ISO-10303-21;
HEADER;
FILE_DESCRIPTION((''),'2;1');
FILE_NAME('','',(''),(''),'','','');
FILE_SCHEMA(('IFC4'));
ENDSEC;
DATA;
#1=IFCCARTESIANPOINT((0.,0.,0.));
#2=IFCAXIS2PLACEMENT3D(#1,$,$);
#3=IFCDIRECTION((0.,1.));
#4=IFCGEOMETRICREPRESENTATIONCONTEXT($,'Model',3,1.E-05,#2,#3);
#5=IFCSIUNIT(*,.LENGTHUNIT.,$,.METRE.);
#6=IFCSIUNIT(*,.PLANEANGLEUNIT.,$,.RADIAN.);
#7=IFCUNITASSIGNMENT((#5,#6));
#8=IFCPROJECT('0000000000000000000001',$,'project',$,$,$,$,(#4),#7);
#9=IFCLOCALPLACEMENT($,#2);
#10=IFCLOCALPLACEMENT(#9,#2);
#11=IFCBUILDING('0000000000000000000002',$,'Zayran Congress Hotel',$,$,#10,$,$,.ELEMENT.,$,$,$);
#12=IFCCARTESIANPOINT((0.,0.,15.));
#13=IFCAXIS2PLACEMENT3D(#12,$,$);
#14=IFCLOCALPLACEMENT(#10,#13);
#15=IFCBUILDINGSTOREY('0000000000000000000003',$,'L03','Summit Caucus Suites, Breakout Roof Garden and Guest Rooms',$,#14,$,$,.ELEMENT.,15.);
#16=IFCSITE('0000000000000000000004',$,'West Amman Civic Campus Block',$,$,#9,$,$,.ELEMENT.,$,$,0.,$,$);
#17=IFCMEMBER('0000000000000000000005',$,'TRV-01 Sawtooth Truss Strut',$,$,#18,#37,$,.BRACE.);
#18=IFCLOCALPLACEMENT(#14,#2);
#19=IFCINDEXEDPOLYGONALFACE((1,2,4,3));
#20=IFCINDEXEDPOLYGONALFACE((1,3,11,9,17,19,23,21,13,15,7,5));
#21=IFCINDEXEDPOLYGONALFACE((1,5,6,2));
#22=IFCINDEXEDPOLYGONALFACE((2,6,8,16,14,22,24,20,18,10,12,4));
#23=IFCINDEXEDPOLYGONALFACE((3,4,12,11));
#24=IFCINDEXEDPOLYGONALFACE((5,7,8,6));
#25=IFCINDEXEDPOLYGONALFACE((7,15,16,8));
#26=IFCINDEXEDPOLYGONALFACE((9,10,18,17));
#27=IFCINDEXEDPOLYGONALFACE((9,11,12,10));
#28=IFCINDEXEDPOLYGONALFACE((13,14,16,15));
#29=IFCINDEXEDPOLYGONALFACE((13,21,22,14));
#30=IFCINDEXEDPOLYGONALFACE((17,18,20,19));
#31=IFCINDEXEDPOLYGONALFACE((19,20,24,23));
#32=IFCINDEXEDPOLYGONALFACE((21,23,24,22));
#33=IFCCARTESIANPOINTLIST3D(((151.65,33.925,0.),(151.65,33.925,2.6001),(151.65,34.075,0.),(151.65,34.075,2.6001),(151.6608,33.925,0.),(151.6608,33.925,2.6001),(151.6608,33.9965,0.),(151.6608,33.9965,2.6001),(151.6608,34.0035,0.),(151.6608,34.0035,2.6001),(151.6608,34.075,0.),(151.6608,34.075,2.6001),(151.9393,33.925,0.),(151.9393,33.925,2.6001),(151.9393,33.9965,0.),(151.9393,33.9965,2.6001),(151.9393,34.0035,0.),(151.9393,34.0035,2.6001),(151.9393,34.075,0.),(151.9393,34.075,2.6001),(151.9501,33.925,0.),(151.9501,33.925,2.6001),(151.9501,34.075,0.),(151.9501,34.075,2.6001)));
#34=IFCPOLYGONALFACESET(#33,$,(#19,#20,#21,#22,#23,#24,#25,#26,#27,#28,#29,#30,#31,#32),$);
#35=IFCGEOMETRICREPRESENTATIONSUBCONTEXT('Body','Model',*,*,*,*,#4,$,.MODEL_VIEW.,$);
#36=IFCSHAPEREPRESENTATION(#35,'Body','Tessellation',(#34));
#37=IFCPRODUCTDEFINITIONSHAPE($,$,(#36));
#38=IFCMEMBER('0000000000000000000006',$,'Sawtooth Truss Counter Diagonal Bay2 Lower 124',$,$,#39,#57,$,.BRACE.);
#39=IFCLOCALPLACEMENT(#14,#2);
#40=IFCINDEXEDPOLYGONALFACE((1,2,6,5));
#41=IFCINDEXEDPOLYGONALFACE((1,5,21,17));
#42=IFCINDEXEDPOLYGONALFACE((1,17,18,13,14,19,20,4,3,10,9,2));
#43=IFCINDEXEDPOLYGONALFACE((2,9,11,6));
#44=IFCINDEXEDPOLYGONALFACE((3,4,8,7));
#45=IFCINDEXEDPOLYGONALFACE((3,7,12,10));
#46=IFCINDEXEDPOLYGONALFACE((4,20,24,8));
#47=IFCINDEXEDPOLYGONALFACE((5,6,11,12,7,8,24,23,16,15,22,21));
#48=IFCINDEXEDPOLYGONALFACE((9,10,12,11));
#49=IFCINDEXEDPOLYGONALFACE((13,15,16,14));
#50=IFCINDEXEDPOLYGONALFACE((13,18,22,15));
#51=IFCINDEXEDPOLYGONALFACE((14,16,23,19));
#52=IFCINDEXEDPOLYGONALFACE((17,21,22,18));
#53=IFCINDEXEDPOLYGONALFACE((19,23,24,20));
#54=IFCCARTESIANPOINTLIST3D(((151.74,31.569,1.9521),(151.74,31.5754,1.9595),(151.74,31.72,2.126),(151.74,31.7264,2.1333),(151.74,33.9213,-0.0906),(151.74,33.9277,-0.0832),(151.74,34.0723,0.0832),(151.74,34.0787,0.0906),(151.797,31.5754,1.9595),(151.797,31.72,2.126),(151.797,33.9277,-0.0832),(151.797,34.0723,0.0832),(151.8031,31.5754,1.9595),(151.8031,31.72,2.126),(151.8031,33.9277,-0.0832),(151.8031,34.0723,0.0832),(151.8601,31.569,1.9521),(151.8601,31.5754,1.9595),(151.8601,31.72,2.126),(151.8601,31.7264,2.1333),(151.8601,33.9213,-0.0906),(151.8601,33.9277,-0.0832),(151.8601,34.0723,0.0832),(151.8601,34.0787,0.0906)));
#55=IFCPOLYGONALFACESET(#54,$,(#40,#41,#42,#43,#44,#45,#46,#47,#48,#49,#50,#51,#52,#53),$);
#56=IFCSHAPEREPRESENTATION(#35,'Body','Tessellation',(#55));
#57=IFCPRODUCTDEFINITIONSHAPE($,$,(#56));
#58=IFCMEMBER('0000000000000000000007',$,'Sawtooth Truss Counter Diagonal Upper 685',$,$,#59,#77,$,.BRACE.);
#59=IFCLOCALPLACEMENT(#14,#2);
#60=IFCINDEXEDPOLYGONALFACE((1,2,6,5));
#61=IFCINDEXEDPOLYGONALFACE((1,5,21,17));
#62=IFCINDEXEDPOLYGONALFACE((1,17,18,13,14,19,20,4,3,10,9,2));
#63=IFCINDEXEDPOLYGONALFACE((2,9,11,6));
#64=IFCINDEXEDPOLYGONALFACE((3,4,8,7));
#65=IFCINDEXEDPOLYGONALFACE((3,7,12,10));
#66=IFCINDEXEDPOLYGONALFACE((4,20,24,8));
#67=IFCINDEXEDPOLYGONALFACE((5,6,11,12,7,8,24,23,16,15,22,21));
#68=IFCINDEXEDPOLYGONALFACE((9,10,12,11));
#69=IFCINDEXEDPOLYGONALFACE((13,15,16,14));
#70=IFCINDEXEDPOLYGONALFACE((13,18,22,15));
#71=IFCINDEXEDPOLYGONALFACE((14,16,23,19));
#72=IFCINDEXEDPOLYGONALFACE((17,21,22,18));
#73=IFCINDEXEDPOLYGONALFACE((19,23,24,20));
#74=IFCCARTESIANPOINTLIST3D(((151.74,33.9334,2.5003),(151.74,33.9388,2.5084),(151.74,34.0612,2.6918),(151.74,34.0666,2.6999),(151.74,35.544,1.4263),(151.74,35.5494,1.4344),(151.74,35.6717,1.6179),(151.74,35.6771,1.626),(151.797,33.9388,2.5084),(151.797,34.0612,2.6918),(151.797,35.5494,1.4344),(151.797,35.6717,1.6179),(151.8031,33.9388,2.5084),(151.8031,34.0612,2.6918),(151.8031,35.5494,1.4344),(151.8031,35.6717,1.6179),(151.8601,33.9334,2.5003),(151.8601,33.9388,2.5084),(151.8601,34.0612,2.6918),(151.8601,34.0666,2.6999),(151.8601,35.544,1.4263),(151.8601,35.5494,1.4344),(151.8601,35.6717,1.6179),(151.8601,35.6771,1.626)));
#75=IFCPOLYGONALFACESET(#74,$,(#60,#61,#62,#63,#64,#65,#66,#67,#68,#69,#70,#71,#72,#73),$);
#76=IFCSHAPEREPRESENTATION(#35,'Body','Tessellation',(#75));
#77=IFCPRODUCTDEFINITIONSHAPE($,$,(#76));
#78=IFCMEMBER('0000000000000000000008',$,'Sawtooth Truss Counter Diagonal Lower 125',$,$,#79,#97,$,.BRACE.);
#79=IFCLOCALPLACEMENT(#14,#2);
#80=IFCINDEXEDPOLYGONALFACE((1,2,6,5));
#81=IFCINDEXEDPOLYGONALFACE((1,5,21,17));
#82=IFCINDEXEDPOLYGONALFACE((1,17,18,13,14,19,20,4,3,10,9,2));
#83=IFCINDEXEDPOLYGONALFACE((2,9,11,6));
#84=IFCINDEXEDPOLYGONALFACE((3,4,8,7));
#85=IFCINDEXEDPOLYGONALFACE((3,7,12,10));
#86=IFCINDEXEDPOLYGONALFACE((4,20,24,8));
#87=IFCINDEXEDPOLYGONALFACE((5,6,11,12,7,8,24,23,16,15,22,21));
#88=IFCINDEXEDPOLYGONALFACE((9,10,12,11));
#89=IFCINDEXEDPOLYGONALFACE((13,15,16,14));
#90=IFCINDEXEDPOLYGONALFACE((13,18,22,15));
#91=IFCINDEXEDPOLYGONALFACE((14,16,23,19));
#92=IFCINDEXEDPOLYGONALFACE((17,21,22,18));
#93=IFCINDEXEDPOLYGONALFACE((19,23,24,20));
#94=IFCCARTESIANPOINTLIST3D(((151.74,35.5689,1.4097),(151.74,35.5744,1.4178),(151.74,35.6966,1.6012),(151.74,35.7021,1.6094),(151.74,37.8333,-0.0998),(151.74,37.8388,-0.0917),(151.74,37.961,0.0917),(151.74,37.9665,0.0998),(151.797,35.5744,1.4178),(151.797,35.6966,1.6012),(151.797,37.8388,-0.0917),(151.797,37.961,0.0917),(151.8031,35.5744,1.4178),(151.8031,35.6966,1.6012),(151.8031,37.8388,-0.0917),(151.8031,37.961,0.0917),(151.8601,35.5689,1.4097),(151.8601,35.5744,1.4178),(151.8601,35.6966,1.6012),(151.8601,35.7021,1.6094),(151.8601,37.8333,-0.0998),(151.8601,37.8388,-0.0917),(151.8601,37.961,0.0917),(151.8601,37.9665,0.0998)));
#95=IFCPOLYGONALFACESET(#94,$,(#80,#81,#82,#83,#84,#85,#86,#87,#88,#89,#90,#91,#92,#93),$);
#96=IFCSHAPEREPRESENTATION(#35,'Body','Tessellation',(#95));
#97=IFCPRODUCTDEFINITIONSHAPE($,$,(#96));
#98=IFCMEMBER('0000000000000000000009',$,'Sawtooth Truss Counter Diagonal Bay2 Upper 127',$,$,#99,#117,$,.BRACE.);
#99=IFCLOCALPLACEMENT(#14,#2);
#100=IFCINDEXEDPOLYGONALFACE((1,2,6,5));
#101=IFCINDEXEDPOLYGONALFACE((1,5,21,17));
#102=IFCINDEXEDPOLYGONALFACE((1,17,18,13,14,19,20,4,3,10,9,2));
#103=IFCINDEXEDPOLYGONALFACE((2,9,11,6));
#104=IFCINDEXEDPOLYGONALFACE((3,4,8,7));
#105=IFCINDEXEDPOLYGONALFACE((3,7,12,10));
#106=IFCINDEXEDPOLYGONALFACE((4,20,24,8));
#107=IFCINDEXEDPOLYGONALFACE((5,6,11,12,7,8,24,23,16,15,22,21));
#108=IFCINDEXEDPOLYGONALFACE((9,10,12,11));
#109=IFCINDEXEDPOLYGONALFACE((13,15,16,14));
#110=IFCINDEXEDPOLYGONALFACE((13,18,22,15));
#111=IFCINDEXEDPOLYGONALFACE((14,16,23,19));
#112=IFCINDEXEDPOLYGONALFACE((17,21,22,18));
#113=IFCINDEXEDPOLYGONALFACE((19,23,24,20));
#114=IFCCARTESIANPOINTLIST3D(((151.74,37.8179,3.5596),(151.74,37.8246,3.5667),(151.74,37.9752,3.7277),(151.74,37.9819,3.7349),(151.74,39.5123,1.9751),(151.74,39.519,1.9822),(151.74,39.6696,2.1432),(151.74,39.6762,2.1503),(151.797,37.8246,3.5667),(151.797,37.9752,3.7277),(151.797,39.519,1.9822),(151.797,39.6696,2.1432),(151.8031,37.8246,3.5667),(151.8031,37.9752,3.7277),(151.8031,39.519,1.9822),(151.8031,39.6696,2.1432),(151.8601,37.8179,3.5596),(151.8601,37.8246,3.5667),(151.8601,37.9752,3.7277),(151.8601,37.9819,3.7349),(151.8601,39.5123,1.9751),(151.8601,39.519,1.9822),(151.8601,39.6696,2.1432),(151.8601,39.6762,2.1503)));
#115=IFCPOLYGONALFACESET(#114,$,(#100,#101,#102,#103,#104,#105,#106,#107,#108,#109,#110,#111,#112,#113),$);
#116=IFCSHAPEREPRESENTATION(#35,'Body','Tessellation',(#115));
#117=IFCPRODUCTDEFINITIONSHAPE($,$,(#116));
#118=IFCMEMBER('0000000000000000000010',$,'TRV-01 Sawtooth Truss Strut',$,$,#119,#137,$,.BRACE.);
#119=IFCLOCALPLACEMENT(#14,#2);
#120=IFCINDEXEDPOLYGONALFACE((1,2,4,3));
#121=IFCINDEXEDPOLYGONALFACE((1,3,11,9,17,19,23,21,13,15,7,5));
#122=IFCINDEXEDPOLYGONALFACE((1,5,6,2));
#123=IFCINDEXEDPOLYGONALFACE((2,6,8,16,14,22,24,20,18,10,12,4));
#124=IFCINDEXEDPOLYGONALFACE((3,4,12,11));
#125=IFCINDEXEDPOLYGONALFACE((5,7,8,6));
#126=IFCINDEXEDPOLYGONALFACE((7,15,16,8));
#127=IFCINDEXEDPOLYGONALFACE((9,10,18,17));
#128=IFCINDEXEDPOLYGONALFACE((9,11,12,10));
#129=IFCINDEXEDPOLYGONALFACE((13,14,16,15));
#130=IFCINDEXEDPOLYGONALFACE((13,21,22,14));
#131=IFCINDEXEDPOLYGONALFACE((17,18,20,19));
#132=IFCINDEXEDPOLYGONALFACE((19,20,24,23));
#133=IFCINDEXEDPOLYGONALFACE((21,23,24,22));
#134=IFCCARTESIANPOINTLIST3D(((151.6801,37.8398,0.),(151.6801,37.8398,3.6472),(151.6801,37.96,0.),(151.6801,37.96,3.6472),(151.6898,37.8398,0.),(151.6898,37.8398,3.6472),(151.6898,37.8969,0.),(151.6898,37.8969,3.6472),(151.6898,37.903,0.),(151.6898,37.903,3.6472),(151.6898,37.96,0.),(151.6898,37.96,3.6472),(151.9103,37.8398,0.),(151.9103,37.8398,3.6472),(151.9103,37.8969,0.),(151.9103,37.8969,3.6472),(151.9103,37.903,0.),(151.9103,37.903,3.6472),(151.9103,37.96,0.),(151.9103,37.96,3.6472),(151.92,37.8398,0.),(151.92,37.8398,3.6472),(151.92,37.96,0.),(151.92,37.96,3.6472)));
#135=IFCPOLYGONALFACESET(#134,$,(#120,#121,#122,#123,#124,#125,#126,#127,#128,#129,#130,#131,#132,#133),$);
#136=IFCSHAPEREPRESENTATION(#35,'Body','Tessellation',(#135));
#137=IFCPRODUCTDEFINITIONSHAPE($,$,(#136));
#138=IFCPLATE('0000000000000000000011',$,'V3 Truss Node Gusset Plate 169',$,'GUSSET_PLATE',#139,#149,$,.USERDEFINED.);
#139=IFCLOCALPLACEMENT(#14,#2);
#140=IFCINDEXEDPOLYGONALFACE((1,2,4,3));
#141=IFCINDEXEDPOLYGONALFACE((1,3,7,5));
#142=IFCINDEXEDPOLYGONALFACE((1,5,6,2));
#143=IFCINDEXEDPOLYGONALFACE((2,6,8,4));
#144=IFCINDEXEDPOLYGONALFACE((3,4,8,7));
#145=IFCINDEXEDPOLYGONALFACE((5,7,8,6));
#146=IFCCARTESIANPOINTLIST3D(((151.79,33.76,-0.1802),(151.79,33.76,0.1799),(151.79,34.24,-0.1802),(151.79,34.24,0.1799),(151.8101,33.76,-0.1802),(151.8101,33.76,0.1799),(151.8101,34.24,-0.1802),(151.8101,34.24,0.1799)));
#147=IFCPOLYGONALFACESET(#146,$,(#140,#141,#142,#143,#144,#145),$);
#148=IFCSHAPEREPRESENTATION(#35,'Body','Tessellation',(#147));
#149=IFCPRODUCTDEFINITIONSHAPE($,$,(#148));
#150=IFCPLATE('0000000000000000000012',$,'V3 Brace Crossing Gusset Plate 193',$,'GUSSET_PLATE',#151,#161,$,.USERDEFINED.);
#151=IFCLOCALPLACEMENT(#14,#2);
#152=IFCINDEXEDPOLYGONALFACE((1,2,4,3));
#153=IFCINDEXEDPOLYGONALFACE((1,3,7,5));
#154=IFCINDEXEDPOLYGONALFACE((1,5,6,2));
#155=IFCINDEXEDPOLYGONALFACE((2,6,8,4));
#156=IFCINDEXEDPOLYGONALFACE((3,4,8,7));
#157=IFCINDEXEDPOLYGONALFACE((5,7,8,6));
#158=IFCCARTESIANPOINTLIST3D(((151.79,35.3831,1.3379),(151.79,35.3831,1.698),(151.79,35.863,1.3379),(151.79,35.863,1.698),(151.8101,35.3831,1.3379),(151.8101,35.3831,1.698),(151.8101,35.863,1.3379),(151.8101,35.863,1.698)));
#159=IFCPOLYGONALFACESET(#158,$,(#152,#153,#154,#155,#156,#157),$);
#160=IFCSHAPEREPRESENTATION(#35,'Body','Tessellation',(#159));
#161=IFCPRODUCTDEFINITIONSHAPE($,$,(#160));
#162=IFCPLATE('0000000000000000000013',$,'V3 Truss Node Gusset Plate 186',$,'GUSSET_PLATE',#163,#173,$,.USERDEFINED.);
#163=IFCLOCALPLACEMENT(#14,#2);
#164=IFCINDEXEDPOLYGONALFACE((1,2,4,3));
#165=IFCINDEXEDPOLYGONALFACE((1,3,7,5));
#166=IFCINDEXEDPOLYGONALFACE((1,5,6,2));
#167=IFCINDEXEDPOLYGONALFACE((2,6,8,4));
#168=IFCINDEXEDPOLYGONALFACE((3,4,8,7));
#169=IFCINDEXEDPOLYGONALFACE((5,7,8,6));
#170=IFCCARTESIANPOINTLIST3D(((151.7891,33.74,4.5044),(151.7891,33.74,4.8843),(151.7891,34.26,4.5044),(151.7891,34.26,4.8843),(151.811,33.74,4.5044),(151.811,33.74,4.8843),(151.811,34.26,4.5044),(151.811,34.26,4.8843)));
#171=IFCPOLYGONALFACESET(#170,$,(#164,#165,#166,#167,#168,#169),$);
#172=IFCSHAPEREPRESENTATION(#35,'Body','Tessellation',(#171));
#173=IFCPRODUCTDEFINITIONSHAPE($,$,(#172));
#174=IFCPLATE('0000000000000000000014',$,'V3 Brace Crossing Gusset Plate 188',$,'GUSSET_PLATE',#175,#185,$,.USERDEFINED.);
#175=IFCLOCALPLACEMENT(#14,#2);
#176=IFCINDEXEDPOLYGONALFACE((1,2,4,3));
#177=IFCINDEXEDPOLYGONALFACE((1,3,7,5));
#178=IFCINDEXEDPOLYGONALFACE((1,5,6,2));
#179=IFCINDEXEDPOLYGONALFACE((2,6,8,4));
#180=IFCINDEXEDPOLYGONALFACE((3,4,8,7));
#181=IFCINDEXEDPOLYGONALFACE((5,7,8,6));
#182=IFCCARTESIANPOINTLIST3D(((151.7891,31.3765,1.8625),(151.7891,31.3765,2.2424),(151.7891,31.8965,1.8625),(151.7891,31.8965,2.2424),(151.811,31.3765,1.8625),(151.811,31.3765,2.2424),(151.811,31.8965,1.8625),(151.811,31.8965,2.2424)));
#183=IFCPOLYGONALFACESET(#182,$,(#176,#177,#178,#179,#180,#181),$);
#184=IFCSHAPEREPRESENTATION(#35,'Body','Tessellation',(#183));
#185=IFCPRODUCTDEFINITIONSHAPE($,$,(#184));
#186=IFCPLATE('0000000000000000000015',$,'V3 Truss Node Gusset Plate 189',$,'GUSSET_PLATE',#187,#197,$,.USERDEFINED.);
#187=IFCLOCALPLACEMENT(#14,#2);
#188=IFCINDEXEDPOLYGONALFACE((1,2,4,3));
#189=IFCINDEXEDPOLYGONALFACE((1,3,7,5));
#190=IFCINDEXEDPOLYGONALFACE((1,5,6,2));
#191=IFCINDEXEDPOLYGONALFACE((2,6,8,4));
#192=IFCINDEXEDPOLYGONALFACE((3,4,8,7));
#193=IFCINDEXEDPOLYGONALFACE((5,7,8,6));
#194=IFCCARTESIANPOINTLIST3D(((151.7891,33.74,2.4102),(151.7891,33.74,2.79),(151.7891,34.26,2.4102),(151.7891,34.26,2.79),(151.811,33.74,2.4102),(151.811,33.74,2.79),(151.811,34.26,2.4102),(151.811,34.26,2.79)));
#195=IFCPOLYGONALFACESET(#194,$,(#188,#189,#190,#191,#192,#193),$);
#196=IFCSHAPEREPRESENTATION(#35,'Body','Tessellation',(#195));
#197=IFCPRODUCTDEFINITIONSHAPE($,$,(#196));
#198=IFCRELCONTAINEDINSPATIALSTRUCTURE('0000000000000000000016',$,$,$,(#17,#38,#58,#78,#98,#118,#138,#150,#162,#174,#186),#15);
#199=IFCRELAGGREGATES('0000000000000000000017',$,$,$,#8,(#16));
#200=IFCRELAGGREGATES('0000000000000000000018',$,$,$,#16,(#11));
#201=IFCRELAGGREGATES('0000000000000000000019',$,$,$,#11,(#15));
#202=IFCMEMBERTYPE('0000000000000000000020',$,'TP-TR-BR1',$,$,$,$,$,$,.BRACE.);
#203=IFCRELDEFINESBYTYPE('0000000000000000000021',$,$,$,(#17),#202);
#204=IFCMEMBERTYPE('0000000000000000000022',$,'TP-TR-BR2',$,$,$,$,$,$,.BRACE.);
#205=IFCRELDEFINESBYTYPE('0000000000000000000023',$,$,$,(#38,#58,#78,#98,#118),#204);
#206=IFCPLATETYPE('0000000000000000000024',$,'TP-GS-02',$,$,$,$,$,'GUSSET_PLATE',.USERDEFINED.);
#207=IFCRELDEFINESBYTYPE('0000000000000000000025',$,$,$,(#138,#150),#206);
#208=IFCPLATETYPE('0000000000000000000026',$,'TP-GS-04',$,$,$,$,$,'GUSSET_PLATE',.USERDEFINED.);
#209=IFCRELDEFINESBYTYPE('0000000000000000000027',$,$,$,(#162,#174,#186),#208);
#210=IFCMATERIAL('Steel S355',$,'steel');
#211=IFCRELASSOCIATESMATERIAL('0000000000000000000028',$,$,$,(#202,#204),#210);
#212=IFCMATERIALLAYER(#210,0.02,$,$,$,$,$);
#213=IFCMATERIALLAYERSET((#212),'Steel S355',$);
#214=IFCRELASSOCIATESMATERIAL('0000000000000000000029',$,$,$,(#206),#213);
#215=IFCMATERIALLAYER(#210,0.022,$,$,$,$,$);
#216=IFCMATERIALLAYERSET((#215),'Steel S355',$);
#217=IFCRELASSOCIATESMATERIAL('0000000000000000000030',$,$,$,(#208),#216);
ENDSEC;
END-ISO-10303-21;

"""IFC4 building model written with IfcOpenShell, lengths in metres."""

from ifc_helpers import new_model, si_unit, direction, frame, origin, origin_2d, place, context, subcontext, project, spatial, rectangle, i_section, extrude, material, layer, layer_set, material_profile, profile_set, type_object, element, save


model = new_model("IFC4")

# Units and contexts
model_context = context("Model", 3, precision=1e-05, world=origin(), true_north=direction((0.0, 1.0)))
body_context = subcontext(model_context, "Body", "Model", "MODEL_VIEW")
ifc_project = project(units=[si_unit("LENGTHUNIT", "METRE"), si_unit("PLANEANGLEUNIT", "RADIAN")], contexts=[model_context])

# Site, building, storey
site_placement = place(None, origin())
site = spatial("IfcSite", under=ifc_project, at=site_placement, Name="West Amman Civic Campus Block", CompositionType="ELEMENT", RefElevation=0.0)
building_placement = place(site_placement, origin())
building = spatial("IfcBuilding", under=site, at=building_placement, Name="Zayran Congress Hotel", CompositionType="ELEMENT")
storey_placement = place(building_placement, frame((0.0, 0.0, 15.0)))
storey = spatial("IfcBuildingStorey", under=building, at=storey_placement, Name="L03", Description="Summit Caucus Suites, Breakout Roof Garden and Guest Rooms", CompositionType="ELEMENT", Elevation=15.0)

# Shared definitions
ifc_material_1 = material(Name="Steel S355", Category="steel")

# Members
ifc_material_profile_1 = material_profile(ifc_material_1, i_section(OverallWidth=0.1499, OverallDepth=0.3, WebThickness=0.0071, FlangeThickness=0.0107, at=origin_2d()), Name="IPE 300")
ifc_profile_set_1 = profile_set([ifc_material_profile_1], Name="Steel S355")
member_type_1 = type_object("IfcMemberType", Name="TP-TR-BR1", PredefinedType="BRACE", material=ifc_profile_set_1)
member_1_placement = place(storey_placement, frame((151.8, 34.0, 0.0), z_axis=(0.0, 0.0, 1.0), x_axis=(0.0, 1.0, 0.0)))
element("IfcMember", 1, at=member_1_placement, inside=storey, type_object=member_type_1, Name="TRV-01 Sawtooth Truss Strut", PredefinedType="BRACE", context=body_context, shape_type="SweptSolid", body=[
    extrude(i_section(OverallWidth=0.1499, OverallDepth=0.3, WebThickness=0.0071, FlangeThickness=0.0107, at=origin_2d()), origin(), (0.0, 0.0, 1.0), 2.6001),
])
ifc_material_profile_2 = material_profile(ifc_material_1, i_section(OverallWidth=0.1201, OverallDepth=0.24, WebThickness=0.0061, FlangeThickness=0.0098, at=origin_2d()), Name="IPE 240")
ifc_profile_set_2 = profile_set([ifc_material_profile_2], Name="Steel S355")
member_type_2 = type_object("IfcMemberType", Name="TP-TR-BR2", PredefinedType="BRACE", material=ifc_profile_set_2)
member_2_placement = place(storey_placement, frame((151.8, 31.6477, 2.0427), z_axis=(0.0, 0.755042, -0.655676), x_axis=(-1.0, 0.0, 0.0)))
element("IfcMember", 2, at=member_2_placement, inside=storey, type_object=member_type_2, Name="Sawtooth Truss Counter Diagonal Bay2 Lower 124", PredefinedType="BRACE", context=body_context, shape_type="SweptSolid", body=[
    extrude(i_section(OverallWidth=0.1201, OverallDepth=0.24, WebThickness=0.0061, FlangeThickness=0.0098, at=origin_2d()), origin(), (0.0, 0.0, 1.0), 3.1155),
])
member_3_placement = place(storey_placement, frame((151.8, 34.0, 2.6001), z_axis=(0.0, 0.831992, -0.554788), x_axis=(-1.0, 0.0, 0.0)))
element("IfcMember", 3, at=member_3_placement, inside=storey, type_object=member_type_2, Name="Sawtooth Truss Counter Diagonal Upper 685", PredefinedType="BRACE", context=body_context, shape_type="SweptSolid", body=[
    extrude(i_section(OverallWidth=0.1201, OverallDepth=0.24, WebThickness=0.0061, FlangeThickness=0.0098, at=origin_2d()), origin(), (0.0, 0.0, 1.0), 1.9358),
])
member_4_placement = place(storey_placement, frame((151.8, 35.6355, 1.5095), z_axis=(0.0, 0.832064, -0.554679), x_axis=(-1.0, 0.0, 0.0)))
element("IfcMember", 4, at=member_4_placement, inside=storey, type_object=member_type_2, Name="Sawtooth Truss Counter Diagonal Lower 125", PredefinedType="BRACE", context=body_context, shape_type="SweptSolid", body=[
    extrude(i_section(OverallWidth=0.1201, OverallDepth=0.24, WebThickness=0.0061, FlangeThickness=0.0098, at=origin_2d()), origin(), (0.0, 0.0, 1.0), 2.7214),
])
member_5_placement = place(storey_placement, frame((151.8, 37.8999, 3.6472), z_axis=(0.0, 0.73039, -0.68303), x_axis=(-1.0, 0.0, 0.0)))
element("IfcMember", 5, at=member_5_placement, inside=storey, type_object=member_type_2, Name="Sawtooth Truss Counter Diagonal Bay2 Upper 127", PredefinedType="BRACE", context=body_context, shape_type="SweptSolid", body=[
    extrude(i_section(OverallWidth=0.1201, OverallDepth=0.24, WebThickness=0.0061, FlangeThickness=0.0098, at=origin_2d()), origin(), (0.0, 0.0, 1.0), 2.3198),
])
member_6_placement = place(storey_placement, frame((151.8, 37.8999, 0.0), z_axis=(0.0, 0.0, 1.0), x_axis=(0.0, 1.0, 0.0)))
element("IfcMember", 6, at=member_6_placement, inside=storey, type_object=member_type_2, Name="TRV-01 Sawtooth Truss Strut", PredefinedType="BRACE", context=body_context, shape_type="SweptSolid", body=[
    extrude(i_section(OverallWidth=0.1201, OverallDepth=0.24, WebThickness=0.0061, FlangeThickness=0.0098, at=origin_2d()), origin(), (0.0, 0.0, 1.0), 3.6472),
])

# Plates
ifc_layer_1 = layer(ifc_material_1, 0.02)
ifc_layer_set_1 = layer_set([ifc_layer_1], Name="Steel S355")
plate_type_1 = type_object("IfcPlateType", Name="TP-GS-02", ElementType="GUSSET_PLATE", PredefinedType="USERDEFINED", material=ifc_layer_set_1)
for number, where, z_axis, x_axis, name in (
    (7, (151.8, 34.0, -0.1802), (0.0, 0.0, 1.0), (0.0, 1.0, 0.0), "V3 Truss Node Gusset Plate 169"),
    (8, (151.8, 35.623, 1.3379), (0.0, 0.0, 1.0), (0.0, 1.0, 0.0), "V3 Brace Crossing Gusset Plate 193"),
):
    element("IfcPlate", number, at=place(storey_placement, frame(where, z_axis=z_axis, x_axis=x_axis)), inside=storey, type_object=plate_type_1, Name=name, ObjectType="GUSSET_PLATE", PredefinedType="USERDEFINED", context=body_context, shape_type="SweptSolid", body=[
        extrude(rectangle(XDim=0.48, YDim=0.02, at=origin_2d()), origin(), (0.0, 0.0, 1.0), 0.3601),
    ])
ifc_layer_2 = layer(ifc_material_1, 0.022)
ifc_layer_set_2 = layer_set([ifc_layer_2], Name="Steel S355")
plate_type_2 = type_object("IfcPlateType", Name="TP-GS-04", ElementType="GUSSET_PLATE", PredefinedType="USERDEFINED", material=ifc_layer_set_2)
for number, where, z_axis, x_axis, name in (
    (9, (151.8, 34.0, 4.5044), (0.0, 0.0, 1.0), (0.0, 1.0, 0.0), "V3 Truss Node Gusset Plate 186"),
    (10, (151.8, 31.6365, 1.8625), (0.0, 0.0, 1.0), (0.0, 1.0, 0.0), "V3 Brace Crossing Gusset Plate 188"),
    (11, (151.8, 34.0, 2.4102), (0.0, 0.0, 1.0), (0.0, 1.0, 0.0), "V3 Truss Node Gusset Plate 189"),
):
    element("IfcPlate", number, at=place(storey_placement, frame(where, z_axis=z_axis, x_axis=x_axis)), inside=storey, type_object=plate_type_2, Name=name, ObjectType="GUSSET_PLATE", PredefinedType="USERDEFINED", context=body_context, shape_type="SweptSolid", body=[
        extrude(rectangle(XDim=0.52, YDim=0.022, at=origin_2d()), origin(), (0.0, 0.0, 1.0), 0.3799),
    ])

save(model, "model.ifc")
